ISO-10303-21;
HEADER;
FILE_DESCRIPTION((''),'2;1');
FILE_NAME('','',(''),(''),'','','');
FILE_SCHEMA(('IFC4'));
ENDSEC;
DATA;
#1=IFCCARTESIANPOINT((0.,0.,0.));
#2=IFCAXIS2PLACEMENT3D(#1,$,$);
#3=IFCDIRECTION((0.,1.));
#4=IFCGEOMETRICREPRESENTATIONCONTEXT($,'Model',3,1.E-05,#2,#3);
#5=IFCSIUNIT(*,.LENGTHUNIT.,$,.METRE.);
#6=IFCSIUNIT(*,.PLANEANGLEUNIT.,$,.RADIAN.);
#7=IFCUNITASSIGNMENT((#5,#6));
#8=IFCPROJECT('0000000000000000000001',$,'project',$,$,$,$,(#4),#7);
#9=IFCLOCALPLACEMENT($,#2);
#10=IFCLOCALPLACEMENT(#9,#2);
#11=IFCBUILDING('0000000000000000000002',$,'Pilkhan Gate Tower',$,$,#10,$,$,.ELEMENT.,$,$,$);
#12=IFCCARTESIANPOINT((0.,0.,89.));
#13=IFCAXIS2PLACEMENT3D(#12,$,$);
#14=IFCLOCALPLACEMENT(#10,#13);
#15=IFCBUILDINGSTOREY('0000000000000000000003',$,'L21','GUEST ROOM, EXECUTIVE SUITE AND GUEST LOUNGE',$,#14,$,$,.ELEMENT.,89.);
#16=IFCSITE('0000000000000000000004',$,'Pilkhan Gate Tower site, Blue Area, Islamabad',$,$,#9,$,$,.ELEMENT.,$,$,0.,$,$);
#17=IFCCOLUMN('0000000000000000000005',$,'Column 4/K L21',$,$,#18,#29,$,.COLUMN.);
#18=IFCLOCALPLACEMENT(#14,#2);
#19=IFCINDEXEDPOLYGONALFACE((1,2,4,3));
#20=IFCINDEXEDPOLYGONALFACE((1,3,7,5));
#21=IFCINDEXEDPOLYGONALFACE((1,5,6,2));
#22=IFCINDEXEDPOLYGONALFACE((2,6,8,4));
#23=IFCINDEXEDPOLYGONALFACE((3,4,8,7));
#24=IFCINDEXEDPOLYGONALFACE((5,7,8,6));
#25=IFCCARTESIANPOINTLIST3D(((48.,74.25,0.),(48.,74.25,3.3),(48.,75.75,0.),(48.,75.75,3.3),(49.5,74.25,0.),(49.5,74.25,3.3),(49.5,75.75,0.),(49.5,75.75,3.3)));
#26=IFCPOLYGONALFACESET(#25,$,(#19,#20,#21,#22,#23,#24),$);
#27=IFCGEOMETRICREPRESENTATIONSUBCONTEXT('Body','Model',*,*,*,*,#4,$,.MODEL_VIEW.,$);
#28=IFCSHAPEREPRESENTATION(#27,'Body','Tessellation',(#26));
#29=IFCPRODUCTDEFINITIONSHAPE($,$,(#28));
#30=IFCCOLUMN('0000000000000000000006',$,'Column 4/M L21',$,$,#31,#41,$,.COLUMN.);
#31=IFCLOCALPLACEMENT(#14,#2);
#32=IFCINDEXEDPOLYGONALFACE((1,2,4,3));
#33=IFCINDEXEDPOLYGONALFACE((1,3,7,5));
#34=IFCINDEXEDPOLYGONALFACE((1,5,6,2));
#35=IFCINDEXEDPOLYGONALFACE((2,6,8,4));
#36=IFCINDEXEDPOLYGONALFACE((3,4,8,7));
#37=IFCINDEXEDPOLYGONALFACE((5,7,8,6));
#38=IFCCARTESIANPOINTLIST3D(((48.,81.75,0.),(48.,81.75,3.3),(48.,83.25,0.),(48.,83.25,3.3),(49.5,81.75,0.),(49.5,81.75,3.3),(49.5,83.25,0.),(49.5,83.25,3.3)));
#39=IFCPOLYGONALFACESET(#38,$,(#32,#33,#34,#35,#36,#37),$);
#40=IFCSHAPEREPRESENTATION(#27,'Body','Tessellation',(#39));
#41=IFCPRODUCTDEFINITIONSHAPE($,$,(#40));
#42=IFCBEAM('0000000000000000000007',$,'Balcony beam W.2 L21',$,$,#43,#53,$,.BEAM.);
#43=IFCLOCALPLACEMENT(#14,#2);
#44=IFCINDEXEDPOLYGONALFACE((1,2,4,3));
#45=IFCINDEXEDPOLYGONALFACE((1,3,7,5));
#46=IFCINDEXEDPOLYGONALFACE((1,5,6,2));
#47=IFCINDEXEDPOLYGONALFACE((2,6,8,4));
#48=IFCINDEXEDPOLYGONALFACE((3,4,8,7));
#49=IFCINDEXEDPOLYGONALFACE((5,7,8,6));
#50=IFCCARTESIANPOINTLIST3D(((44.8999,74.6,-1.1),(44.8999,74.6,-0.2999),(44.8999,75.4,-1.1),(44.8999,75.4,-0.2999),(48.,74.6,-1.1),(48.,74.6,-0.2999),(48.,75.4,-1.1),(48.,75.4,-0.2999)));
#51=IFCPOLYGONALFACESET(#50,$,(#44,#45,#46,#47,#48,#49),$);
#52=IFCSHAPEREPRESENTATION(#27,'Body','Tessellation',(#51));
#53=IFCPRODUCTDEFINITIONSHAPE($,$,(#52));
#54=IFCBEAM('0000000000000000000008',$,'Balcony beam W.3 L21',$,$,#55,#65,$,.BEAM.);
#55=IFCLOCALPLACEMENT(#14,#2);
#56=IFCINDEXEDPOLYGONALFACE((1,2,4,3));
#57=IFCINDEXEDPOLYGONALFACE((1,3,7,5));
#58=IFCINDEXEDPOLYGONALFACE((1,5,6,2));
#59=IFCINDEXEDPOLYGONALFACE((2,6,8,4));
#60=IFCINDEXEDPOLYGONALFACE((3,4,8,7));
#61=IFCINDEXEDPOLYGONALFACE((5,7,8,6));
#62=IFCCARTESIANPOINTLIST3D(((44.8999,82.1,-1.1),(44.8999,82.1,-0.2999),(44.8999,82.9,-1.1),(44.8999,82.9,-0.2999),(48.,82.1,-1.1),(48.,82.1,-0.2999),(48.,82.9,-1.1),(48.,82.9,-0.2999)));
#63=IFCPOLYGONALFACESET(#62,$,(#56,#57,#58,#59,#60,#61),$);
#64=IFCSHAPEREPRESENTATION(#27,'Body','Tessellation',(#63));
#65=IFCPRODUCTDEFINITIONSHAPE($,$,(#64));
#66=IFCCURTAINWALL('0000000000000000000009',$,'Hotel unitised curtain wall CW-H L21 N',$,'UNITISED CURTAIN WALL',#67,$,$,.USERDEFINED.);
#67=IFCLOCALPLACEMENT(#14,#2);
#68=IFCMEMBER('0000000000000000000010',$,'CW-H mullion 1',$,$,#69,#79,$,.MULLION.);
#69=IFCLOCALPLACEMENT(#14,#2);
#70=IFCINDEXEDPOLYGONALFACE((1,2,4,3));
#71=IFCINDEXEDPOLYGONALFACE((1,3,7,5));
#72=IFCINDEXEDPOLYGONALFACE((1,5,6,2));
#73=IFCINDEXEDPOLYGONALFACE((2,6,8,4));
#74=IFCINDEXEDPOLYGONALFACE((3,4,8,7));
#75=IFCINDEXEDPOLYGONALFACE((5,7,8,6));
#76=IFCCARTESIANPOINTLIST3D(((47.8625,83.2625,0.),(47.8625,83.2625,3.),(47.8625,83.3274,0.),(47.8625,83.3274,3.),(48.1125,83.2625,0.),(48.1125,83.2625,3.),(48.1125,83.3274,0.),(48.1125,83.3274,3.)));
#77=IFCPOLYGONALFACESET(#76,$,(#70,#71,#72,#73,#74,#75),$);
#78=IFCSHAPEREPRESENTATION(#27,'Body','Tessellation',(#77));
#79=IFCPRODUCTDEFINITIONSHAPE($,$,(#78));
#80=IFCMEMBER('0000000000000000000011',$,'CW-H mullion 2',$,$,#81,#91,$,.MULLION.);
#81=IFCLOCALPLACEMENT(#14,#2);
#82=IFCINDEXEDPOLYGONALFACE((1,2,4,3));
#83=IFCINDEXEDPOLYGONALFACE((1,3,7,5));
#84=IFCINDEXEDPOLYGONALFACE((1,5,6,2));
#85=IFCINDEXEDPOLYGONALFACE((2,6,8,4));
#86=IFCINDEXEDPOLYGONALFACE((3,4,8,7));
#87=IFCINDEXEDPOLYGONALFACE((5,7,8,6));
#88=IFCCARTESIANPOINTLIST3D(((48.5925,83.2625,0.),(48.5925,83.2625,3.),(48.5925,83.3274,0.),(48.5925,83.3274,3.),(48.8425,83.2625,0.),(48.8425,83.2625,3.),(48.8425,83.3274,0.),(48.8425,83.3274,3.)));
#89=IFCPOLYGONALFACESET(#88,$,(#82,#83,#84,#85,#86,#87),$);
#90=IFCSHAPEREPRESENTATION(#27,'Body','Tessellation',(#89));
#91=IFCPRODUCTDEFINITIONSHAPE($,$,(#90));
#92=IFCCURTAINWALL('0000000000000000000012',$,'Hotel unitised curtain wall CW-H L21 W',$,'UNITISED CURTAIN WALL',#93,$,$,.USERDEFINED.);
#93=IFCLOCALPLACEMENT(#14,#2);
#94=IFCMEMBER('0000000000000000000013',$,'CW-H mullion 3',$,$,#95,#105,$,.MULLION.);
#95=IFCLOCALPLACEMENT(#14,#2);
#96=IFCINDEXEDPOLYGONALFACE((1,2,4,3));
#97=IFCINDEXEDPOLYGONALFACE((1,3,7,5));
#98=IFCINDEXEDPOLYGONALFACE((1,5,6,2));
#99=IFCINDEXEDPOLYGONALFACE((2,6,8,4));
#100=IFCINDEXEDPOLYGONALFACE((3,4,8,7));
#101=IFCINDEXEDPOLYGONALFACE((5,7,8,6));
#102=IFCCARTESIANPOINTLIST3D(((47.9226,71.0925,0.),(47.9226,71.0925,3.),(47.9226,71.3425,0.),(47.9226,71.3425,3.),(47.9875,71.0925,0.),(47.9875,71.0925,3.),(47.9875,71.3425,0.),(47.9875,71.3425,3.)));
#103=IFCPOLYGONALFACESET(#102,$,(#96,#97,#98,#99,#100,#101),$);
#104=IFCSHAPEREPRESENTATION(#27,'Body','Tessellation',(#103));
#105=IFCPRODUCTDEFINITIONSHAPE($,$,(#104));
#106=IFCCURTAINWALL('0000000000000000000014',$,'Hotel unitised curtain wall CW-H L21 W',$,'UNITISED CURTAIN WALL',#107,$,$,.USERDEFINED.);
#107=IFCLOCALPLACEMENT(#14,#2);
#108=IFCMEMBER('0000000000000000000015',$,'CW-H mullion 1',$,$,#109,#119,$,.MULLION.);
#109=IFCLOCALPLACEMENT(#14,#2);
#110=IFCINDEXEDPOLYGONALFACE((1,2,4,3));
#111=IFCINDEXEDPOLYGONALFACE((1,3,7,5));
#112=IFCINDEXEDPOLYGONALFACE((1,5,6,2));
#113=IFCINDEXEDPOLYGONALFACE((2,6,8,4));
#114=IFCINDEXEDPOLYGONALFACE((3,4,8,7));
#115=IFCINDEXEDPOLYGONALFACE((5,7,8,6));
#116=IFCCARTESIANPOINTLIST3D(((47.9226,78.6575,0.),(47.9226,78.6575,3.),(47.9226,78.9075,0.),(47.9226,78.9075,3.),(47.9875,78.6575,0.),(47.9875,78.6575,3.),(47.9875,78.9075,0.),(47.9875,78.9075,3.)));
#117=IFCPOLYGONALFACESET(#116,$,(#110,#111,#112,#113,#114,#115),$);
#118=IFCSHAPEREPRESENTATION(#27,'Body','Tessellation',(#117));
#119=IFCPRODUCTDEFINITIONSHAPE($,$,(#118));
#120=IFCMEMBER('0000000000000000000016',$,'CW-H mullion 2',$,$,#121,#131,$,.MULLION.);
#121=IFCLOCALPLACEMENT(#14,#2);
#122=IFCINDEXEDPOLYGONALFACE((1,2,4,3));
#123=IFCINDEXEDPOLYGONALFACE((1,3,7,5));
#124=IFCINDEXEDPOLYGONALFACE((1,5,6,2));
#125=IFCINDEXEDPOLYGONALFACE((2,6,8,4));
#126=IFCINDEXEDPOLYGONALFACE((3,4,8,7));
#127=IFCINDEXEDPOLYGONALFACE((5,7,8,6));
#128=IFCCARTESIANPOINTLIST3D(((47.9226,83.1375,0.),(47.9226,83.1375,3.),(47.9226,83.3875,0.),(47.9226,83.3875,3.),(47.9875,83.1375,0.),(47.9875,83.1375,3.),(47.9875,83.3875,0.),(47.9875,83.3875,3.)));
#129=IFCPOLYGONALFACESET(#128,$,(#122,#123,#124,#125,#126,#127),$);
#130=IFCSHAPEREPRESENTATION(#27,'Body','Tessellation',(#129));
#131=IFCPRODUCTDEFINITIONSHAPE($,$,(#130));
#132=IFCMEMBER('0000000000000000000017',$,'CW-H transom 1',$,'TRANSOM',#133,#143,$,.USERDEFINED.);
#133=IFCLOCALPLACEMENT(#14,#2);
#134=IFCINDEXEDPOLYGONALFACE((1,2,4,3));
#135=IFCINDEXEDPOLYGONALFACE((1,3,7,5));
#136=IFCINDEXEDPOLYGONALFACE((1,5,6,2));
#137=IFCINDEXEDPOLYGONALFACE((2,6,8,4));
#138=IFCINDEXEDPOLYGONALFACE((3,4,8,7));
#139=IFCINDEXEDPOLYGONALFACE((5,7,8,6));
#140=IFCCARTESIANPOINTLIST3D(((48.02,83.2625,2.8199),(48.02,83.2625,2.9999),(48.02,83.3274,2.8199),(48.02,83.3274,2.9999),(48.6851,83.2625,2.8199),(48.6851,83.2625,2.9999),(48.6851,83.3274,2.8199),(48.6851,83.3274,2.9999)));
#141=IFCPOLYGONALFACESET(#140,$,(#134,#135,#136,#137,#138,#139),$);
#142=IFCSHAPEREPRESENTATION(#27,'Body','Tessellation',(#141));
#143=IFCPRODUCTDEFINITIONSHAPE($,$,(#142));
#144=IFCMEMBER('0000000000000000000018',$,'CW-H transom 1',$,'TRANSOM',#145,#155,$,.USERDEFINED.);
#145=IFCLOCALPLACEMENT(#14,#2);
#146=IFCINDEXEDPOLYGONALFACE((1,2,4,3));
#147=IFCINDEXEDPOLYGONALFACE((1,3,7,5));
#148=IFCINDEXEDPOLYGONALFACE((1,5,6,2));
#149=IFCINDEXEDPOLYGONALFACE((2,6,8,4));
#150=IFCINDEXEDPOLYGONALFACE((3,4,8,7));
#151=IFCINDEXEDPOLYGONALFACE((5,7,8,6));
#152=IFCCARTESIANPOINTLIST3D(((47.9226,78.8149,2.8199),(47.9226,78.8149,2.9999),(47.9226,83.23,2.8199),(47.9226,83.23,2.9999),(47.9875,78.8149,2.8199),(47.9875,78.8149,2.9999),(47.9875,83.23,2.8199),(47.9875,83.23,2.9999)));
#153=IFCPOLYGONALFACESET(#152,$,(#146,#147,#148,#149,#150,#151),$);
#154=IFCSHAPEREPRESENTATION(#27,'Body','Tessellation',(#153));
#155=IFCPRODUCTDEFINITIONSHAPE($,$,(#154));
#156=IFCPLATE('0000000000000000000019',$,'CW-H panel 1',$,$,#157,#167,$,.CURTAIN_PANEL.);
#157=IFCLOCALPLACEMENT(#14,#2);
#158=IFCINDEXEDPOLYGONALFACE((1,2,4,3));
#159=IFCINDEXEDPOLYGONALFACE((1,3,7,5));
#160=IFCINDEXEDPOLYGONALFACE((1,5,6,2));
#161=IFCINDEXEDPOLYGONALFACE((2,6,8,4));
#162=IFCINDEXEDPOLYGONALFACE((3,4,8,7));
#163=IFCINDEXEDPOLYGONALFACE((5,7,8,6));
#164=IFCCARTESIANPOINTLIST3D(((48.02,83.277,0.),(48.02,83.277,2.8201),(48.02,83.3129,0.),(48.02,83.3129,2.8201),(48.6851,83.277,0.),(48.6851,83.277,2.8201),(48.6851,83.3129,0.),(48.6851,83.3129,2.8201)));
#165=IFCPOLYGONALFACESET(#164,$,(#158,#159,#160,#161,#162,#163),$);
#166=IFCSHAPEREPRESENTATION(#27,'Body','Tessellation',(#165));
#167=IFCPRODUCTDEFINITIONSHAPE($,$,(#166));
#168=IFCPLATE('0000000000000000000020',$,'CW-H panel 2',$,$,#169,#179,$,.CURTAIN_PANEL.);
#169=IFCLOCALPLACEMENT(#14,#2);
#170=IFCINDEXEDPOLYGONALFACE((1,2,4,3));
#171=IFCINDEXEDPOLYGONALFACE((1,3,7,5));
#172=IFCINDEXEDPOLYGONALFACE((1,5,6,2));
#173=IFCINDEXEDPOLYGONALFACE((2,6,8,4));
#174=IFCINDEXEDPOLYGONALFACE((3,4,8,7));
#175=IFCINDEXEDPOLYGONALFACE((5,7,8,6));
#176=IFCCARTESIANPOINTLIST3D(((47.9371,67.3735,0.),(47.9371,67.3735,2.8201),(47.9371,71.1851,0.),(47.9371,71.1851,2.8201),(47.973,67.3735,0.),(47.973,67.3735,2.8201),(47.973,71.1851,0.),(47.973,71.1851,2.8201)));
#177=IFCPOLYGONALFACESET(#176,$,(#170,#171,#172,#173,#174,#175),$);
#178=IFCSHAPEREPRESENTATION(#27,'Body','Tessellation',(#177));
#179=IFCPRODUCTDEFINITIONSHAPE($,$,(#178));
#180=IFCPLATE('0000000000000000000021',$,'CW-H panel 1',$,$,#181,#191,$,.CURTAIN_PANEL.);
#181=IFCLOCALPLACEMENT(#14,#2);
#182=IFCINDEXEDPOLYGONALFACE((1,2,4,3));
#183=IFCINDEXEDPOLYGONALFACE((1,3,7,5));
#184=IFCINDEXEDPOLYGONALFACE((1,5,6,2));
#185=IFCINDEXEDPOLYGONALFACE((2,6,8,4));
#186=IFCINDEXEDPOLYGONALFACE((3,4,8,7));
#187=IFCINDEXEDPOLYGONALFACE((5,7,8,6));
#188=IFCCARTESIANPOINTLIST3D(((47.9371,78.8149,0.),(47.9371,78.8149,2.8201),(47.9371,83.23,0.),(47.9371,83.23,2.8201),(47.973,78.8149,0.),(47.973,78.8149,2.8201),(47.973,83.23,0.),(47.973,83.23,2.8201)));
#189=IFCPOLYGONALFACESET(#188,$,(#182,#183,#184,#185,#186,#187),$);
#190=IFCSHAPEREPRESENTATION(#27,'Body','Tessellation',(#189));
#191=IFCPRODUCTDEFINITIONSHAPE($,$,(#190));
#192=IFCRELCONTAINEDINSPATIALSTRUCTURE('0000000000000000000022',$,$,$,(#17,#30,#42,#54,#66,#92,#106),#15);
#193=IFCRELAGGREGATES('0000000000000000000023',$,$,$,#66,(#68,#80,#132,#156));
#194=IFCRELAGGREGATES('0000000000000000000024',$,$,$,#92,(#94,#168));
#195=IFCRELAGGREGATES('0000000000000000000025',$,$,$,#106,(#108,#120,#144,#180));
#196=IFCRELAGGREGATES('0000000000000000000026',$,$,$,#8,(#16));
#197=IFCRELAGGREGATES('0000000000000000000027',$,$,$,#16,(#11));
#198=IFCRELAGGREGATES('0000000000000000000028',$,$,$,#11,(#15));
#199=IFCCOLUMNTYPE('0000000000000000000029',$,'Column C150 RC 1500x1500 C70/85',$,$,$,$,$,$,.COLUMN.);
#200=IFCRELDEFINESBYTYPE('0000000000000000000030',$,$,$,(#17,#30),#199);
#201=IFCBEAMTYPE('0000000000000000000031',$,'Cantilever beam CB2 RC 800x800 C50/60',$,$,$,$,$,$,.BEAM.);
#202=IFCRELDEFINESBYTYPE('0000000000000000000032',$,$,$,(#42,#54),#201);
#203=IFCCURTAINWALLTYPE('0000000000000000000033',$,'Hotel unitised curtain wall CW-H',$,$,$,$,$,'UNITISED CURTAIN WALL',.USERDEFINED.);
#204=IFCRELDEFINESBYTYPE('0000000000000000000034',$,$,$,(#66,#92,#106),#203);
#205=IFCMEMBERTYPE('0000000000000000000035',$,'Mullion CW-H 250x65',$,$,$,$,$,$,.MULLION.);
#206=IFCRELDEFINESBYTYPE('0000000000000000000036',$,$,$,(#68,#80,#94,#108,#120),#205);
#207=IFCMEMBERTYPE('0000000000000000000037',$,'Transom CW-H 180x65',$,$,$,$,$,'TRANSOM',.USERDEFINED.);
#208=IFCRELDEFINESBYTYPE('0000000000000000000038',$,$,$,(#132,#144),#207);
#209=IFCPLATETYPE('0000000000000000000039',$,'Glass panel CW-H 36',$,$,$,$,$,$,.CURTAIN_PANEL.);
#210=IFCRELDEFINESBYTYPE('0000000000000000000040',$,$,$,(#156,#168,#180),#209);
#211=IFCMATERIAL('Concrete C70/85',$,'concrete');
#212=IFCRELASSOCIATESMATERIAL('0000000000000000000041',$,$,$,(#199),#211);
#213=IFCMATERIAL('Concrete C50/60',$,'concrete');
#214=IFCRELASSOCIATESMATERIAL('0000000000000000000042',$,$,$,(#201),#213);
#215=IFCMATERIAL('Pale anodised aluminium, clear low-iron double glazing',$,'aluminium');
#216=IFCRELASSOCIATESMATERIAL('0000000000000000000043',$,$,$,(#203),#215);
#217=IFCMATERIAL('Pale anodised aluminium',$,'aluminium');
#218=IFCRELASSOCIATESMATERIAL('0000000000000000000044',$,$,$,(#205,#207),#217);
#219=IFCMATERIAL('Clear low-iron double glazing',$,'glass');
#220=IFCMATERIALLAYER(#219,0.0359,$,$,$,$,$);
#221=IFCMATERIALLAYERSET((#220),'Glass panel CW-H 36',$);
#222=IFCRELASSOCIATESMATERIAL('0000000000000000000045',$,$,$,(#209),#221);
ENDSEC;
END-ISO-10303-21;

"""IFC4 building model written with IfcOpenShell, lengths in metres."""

from ifc_helpers import new_model, si_unit, direction, frame, origin, origin_2d, place, context, subcontext, project, spatial, rectangle, extrude, material, layer, layer_set, material_profile, profile_set, type_object, element, aggregate, save


model = new_model("IFC4")

# Units and contexts
model_context = context("Model", 3, precision=1e-05, world=origin(), true_north=direction((0.0, 1.0)))
body_context = subcontext(model_context, "Body", "Model", "MODEL_VIEW")
ifc_project = project(units=[si_unit("LENGTHUNIT", "METRE"), si_unit("PLANEANGLEUNIT", "RADIAN")], contexts=[model_context])

# Site, building, storey
site_placement = place(None, origin())
site = spatial("IfcSite", under=ifc_project, at=site_placement, Name="Pilkhan Gate Tower site, Blue Area, Islamabad", CompositionType="ELEMENT", RefElevation=0.0)
building_placement = place(site_placement, origin())
building = spatial("IfcBuilding", under=site, at=building_placement, Name="Pilkhan Gate Tower", CompositionType="ELEMENT")
storey_placement = place(building_placement, frame((0.0, 0.0, 89.0)))
storey = spatial("IfcBuildingStorey", under=building, at=storey_placement, Name="L21", Description="GUEST ROOM, EXECUTIVE SUITE AND GUEST LOUNGE", CompositionType="ELEMENT", Elevation=89.0)

# Columns
ifc_material_1 = material(Name="Concrete C70/85", Category="concrete")
ifc_material_profile_1 = material_profile(ifc_material_1, rectangle(XDim=1.5, YDim=1.5, at=origin_2d()), Name="RC 1500x1500")
ifc_profile_set_1 = profile_set([ifc_material_profile_1], Name="Concrete C70/85")
column_type = type_object("IfcColumnType", Name="Column C150 RC 1500x1500 C70/85", PredefinedType="COLUMN", material=ifc_profile_set_1)
for number, where, z_axis, x_axis, name in (
    (1, (48.75, 75.0, 0.0), (0.0, 0.0, 1.0), (1.0, 0.0, 0.0), "Column 4/K L21"),
    (2, (48.75, 82.5, 0.0), (0.0, 0.0, 1.0), (1.0, 0.0, 0.0), "Column 4/M L21"),
):
    element("IfcColumn", number, at=place(storey_placement, frame(where, z_axis=z_axis, x_axis=x_axis)), inside=storey, type_object=column_type, Name=name, PredefinedType="COLUMN", context=body_context, shape_type="SweptSolid", body=[
        extrude(rectangle(XDim=1.5, YDim=1.5, at=origin_2d()), origin(), (0.0, 0.0, 1.0), 3.3),
    ])

# Beams
ifc_material_2 = material(Name="Concrete C50/60", Category="concrete")
ifc_material_profile_2 = material_profile(ifc_material_2, rectangle(XDim=0.8, YDim=0.8, at=origin_2d()), Name="RC 800x800")
ifc_profile_set_2 = profile_set([ifc_material_profile_2], Name="Concrete C50/60")
beam_type = type_object("IfcBeamType", Name="Cantilever beam CB2 RC 800x800 C50/60", PredefinedType="BEAM", material=ifc_profile_set_2)
for number, where, z_axis, x_axis, name in (
    (3, (48.0, 75.0, -0.7), (-1.0, 0.0, 0.0), (0.0, -1.0, 0.0), "Balcony beam W.2 L21"),
    (4, (48.0, 82.5, -0.7), (-1.0, 0.0, 0.0), (0.0, -1.0, 0.0), "Balcony beam W.3 L21"),
):
    element("IfcBeam", number, at=place(storey_placement, frame(where, z_axis=z_axis, x_axis=x_axis)), inside=storey, type_object=beam_type, Name=name, PredefinedType="BEAM", context=body_context, shape_type="SweptSolid", body=[
        extrude(rectangle(XDim=0.8, YDim=0.8, at=origin_2d()), origin(), (0.0, 0.0, 1.0), 3.1001),
    ])

# Curtain wall, members
ifc_material_3 = material(Name="Pale anodised aluminium, clear low-iron double glazing", Category="aluminium")
curtain_wall_type = type_object("IfcCurtainWallType", Name="Hotel unitised curtain wall CW-H", ElementType="UNITISED CURTAIN WALL", PredefinedType="USERDEFINED", material=ifc_material_3)
curtain_wall_1_placement = place(storey_placement, origin())
curtain_wall_1 = element("IfcCurtainWall", 5, at=curtain_wall_1_placement, inside=storey, type_object=curtain_wall_type, Name="Hotel unitised curtain wall CW-H L21 N", ObjectType="UNITISED CURTAIN WALL", PredefinedType="USERDEFINED")
ifc_material_4 = material(Name="Pale anodised aluminium", Category="aluminium")
ifc_material_profile_3 = material_profile(ifc_material_4, rectangle(XDim=0.0649, YDim=0.25, at=origin_2d()), Name="Mullion 250x65")
ifc_profile_set_3 = profile_set([ifc_material_profile_3], Name="Pale anodised aluminium")
member_type_1 = type_object("IfcMemberType", Name="Mullion CW-H 250x65", PredefinedType="MULLION", material=ifc_profile_set_3)
member_1_placement = place(storey_placement, frame((47.9875, 83.2949, 0.0), z_axis=(0.0, 0.0, 1.0), x_axis=(0.0, 1.0, 0.0)))
member_1 = element("IfcMember", 6, at=member_1_placement, type_object=member_type_1, Name="CW-H mullion 1", PredefinedType="MULLION", context=body_context, shape_type="SweptSolid", body=[
    extrude(rectangle(XDim=0.0649, YDim=0.25, at=origin_2d()), origin(), (0.0, 0.0, 1.0), 3.0),
])
member_2_placement = place(storey_placement, frame((48.7175, 83.2949, 0.0), z_axis=(0.0, 0.0, 1.0), x_axis=(0.0, 1.0, 0.0)))
member_2 = element("IfcMember", 7, at=member_2_placement, type_object=member_type_1, Name="CW-H mullion 2", PredefinedType="MULLION", context=body_context, shape_type="SweptSolid", body=[
    extrude(rectangle(XDim=0.0649, YDim=0.25, at=origin_2d()), origin(), (0.0, 0.0, 1.0), 3.0),
])

# Curtain wall, member
curtain_wall_2_placement = place(storey_placement, origin())
curtain_wall_2 = element("IfcCurtainWall", 8, at=curtain_wall_2_placement, inside=storey, type_object=curtain_wall_type, Name="Hotel unitised curtain wall CW-H L21 W", ObjectType="UNITISED CURTAIN WALL", PredefinedType="USERDEFINED")
member_3_placement = place(storey_placement, frame((47.9551, 71.2175, 0.0), z_axis=(0.0, 0.0, 1.0), x_axis=(-1.0, 0.0, 0.0)))
member_3 = element("IfcMember", 9, at=member_3_placement, type_object=member_type_1, Name="CW-H mullion 3", PredefinedType="MULLION", context=body_context, shape_type="SweptSolid", body=[
    extrude(rectangle(XDim=0.0649, YDim=0.25, at=origin_2d()), origin(), (0.0, 0.0, 1.0), 3.0),
])

# Curtain wall, members
curtain_wall_3_placement = place(storey_placement, origin())
curtain_wall_3 = element("IfcCurtainWall", 10, at=curtain_wall_3_placement, inside=storey, type_object=curtain_wall_type, Name="Hotel unitised curtain wall CW-H L21 W", ObjectType="UNITISED CURTAIN WALL", PredefinedType="USERDEFINED")
member_4_placement = place(storey_placement, frame((47.9551, 78.7825, 0.0), z_axis=(0.0, 0.0, 1.0), x_axis=(-1.0, 0.0, 0.0)))
member_4 = element("IfcMember", 11, at=member_4_placement, type_object=member_type_1, Name="CW-H mullion 1", PredefinedType="MULLION", context=body_context, shape_type="SweptSolid", body=[
    extrude(rectangle(XDim=0.0649, YDim=0.25, at=origin_2d()), origin(), (0.0, 0.0, 1.0), 3.0),
])
member_5_placement = place(storey_placement, frame((47.9551, 83.2625, 0.0), z_axis=(0.0, 0.0, 1.0), x_axis=(-1.0, 0.0, 0.0)))
member_5 = element("IfcMember", 12, at=member_5_placement, type_object=member_type_1, Name="CW-H mullion 2", PredefinedType="MULLION", context=body_context, shape_type="SweptSolid", body=[
    extrude(rectangle(XDim=0.0649, YDim=0.25, at=origin_2d()), origin(), (0.0, 0.0, 1.0), 3.0),
])

# Members
ifc_material_profile_4 = material_profile(ifc_material_4, rectangle(XDim=0.0649, YDim=0.1799, at=origin_2d()), Name="Transom 180x65")
ifc_profile_set_4 = profile_set([ifc_material_profile_4], Name="Pale anodised aluminium")
member_type_2 = type_object("IfcMemberType", Name="Transom CW-H 180x65", ElementType="TRANSOM", PredefinedType="USERDEFINED", material=ifc_profile_set_4)
member_6_placement = place(storey_placement, frame((48.02, 83.2949, 2.9099), z_axis=(1.0, 0.0, 0.0), x_axis=(0.0, 1.0, 0.0)))
member_6 = element("IfcMember", 13, at=member_6_placement, type_object=member_type_2, Name="CW-H transom 1", ObjectType="TRANSOM", PredefinedType="USERDEFINED", context=body_context, shape_type="SweptSolid", body=[
    extrude(rectangle(XDim=0.0649, YDim=0.1799, at=origin_2d()), origin(), (0.0, 0.0, 1.0), 0.665),
])
member_7_placement = place(storey_placement, frame((47.9551, 78.8149, 2.9099), z_axis=(0.0, 1.0, 0.0), x_axis=(-1.0, 0.0, 0.0)))
member_7 = element("IfcMember", 14, at=member_7_placement, type_object=member_type_2, Name="CW-H transom 1", ObjectType="TRANSOM", PredefinedType="USERDEFINED", context=body_context, shape_type="SweptSolid", body=[
    extrude(rectangle(XDim=0.0649, YDim=0.1799, at=origin_2d()), origin(), (0.0, 0.0, 1.0), 4.415),
])

# Plates
ifc_material_5 = material(Name="Clear low-iron double glazing", Category="glass")
ifc_layer_1 = layer(ifc_material_5, 0.0359)
ifc_layer_set_1 = layer_set([ifc_layer_1], Name="Glass panel CW-H 36")
plate_type = type_object("IfcPlateType", Name="Glass panel CW-H 36", PredefinedType="CURTAIN_PANEL", material=ifc_layer_set_1)
plate_1_placement = place(storey_placement, frame((48.3525, 83.2949, 0.0), z_axis=(0.0, 0.0, 1.0), x_axis=(1.0, 0.0, 0.0)))
plate_1 = element("IfcPlate", 15, at=plate_1_placement, type_object=plate_type, Name="CW-H panel 1", PredefinedType="CURTAIN_PANEL", context=body_context, shape_type="SweptSolid", body=[
    extrude(rectangle(XDim=0.665, YDim=0.0359, at=origin_2d()), origin(), (0.0, 0.0, 1.0), 2.8201),
])
aggregate(curtain_wall_1, [member_1, member_2, member_6, plate_1])
plate_2_placement = place(storey_placement, frame((47.9551, 69.2793, 0.0), z_axis=(0.0, 0.0, 1.0), x_axis=(0.0, 1.0, 0.0)))
plate_2 = element("IfcPlate", 16, at=plate_2_placement, type_object=plate_type, Name="CW-H panel 2", PredefinedType="CURTAIN_PANEL", context=body_context, shape_type="SweptSolid", body=[
    extrude(rectangle(XDim=3.8115, YDim=0.0359, at=origin_2d()), origin(), (0.0, 0.0, 1.0), 2.8201),
])
aggregate(curtain_wall_2, [member_3, plate_2])
plate_3_placement = place(storey_placement, frame((47.9551, 81.0225, 0.0), z_axis=(0.0, 0.0, 1.0), x_axis=(0.0, 1.0, 0.0)))
plate_3 = element("IfcPlate", 17, at=plate_3_placement, type_object=plate_type, Name="CW-H panel 1", PredefinedType="CURTAIN_PANEL", context=body_context, shape_type="SweptSolid", body=[
    extrude(rectangle(XDim=4.415, YDim=0.0359, at=origin_2d()), origin(), (0.0, 0.0, 1.0), 2.8201),
])
aggregate(curtain_wall_3, [member_4, member_5, member_7, plate_3])

save(model, "model.ifc")
